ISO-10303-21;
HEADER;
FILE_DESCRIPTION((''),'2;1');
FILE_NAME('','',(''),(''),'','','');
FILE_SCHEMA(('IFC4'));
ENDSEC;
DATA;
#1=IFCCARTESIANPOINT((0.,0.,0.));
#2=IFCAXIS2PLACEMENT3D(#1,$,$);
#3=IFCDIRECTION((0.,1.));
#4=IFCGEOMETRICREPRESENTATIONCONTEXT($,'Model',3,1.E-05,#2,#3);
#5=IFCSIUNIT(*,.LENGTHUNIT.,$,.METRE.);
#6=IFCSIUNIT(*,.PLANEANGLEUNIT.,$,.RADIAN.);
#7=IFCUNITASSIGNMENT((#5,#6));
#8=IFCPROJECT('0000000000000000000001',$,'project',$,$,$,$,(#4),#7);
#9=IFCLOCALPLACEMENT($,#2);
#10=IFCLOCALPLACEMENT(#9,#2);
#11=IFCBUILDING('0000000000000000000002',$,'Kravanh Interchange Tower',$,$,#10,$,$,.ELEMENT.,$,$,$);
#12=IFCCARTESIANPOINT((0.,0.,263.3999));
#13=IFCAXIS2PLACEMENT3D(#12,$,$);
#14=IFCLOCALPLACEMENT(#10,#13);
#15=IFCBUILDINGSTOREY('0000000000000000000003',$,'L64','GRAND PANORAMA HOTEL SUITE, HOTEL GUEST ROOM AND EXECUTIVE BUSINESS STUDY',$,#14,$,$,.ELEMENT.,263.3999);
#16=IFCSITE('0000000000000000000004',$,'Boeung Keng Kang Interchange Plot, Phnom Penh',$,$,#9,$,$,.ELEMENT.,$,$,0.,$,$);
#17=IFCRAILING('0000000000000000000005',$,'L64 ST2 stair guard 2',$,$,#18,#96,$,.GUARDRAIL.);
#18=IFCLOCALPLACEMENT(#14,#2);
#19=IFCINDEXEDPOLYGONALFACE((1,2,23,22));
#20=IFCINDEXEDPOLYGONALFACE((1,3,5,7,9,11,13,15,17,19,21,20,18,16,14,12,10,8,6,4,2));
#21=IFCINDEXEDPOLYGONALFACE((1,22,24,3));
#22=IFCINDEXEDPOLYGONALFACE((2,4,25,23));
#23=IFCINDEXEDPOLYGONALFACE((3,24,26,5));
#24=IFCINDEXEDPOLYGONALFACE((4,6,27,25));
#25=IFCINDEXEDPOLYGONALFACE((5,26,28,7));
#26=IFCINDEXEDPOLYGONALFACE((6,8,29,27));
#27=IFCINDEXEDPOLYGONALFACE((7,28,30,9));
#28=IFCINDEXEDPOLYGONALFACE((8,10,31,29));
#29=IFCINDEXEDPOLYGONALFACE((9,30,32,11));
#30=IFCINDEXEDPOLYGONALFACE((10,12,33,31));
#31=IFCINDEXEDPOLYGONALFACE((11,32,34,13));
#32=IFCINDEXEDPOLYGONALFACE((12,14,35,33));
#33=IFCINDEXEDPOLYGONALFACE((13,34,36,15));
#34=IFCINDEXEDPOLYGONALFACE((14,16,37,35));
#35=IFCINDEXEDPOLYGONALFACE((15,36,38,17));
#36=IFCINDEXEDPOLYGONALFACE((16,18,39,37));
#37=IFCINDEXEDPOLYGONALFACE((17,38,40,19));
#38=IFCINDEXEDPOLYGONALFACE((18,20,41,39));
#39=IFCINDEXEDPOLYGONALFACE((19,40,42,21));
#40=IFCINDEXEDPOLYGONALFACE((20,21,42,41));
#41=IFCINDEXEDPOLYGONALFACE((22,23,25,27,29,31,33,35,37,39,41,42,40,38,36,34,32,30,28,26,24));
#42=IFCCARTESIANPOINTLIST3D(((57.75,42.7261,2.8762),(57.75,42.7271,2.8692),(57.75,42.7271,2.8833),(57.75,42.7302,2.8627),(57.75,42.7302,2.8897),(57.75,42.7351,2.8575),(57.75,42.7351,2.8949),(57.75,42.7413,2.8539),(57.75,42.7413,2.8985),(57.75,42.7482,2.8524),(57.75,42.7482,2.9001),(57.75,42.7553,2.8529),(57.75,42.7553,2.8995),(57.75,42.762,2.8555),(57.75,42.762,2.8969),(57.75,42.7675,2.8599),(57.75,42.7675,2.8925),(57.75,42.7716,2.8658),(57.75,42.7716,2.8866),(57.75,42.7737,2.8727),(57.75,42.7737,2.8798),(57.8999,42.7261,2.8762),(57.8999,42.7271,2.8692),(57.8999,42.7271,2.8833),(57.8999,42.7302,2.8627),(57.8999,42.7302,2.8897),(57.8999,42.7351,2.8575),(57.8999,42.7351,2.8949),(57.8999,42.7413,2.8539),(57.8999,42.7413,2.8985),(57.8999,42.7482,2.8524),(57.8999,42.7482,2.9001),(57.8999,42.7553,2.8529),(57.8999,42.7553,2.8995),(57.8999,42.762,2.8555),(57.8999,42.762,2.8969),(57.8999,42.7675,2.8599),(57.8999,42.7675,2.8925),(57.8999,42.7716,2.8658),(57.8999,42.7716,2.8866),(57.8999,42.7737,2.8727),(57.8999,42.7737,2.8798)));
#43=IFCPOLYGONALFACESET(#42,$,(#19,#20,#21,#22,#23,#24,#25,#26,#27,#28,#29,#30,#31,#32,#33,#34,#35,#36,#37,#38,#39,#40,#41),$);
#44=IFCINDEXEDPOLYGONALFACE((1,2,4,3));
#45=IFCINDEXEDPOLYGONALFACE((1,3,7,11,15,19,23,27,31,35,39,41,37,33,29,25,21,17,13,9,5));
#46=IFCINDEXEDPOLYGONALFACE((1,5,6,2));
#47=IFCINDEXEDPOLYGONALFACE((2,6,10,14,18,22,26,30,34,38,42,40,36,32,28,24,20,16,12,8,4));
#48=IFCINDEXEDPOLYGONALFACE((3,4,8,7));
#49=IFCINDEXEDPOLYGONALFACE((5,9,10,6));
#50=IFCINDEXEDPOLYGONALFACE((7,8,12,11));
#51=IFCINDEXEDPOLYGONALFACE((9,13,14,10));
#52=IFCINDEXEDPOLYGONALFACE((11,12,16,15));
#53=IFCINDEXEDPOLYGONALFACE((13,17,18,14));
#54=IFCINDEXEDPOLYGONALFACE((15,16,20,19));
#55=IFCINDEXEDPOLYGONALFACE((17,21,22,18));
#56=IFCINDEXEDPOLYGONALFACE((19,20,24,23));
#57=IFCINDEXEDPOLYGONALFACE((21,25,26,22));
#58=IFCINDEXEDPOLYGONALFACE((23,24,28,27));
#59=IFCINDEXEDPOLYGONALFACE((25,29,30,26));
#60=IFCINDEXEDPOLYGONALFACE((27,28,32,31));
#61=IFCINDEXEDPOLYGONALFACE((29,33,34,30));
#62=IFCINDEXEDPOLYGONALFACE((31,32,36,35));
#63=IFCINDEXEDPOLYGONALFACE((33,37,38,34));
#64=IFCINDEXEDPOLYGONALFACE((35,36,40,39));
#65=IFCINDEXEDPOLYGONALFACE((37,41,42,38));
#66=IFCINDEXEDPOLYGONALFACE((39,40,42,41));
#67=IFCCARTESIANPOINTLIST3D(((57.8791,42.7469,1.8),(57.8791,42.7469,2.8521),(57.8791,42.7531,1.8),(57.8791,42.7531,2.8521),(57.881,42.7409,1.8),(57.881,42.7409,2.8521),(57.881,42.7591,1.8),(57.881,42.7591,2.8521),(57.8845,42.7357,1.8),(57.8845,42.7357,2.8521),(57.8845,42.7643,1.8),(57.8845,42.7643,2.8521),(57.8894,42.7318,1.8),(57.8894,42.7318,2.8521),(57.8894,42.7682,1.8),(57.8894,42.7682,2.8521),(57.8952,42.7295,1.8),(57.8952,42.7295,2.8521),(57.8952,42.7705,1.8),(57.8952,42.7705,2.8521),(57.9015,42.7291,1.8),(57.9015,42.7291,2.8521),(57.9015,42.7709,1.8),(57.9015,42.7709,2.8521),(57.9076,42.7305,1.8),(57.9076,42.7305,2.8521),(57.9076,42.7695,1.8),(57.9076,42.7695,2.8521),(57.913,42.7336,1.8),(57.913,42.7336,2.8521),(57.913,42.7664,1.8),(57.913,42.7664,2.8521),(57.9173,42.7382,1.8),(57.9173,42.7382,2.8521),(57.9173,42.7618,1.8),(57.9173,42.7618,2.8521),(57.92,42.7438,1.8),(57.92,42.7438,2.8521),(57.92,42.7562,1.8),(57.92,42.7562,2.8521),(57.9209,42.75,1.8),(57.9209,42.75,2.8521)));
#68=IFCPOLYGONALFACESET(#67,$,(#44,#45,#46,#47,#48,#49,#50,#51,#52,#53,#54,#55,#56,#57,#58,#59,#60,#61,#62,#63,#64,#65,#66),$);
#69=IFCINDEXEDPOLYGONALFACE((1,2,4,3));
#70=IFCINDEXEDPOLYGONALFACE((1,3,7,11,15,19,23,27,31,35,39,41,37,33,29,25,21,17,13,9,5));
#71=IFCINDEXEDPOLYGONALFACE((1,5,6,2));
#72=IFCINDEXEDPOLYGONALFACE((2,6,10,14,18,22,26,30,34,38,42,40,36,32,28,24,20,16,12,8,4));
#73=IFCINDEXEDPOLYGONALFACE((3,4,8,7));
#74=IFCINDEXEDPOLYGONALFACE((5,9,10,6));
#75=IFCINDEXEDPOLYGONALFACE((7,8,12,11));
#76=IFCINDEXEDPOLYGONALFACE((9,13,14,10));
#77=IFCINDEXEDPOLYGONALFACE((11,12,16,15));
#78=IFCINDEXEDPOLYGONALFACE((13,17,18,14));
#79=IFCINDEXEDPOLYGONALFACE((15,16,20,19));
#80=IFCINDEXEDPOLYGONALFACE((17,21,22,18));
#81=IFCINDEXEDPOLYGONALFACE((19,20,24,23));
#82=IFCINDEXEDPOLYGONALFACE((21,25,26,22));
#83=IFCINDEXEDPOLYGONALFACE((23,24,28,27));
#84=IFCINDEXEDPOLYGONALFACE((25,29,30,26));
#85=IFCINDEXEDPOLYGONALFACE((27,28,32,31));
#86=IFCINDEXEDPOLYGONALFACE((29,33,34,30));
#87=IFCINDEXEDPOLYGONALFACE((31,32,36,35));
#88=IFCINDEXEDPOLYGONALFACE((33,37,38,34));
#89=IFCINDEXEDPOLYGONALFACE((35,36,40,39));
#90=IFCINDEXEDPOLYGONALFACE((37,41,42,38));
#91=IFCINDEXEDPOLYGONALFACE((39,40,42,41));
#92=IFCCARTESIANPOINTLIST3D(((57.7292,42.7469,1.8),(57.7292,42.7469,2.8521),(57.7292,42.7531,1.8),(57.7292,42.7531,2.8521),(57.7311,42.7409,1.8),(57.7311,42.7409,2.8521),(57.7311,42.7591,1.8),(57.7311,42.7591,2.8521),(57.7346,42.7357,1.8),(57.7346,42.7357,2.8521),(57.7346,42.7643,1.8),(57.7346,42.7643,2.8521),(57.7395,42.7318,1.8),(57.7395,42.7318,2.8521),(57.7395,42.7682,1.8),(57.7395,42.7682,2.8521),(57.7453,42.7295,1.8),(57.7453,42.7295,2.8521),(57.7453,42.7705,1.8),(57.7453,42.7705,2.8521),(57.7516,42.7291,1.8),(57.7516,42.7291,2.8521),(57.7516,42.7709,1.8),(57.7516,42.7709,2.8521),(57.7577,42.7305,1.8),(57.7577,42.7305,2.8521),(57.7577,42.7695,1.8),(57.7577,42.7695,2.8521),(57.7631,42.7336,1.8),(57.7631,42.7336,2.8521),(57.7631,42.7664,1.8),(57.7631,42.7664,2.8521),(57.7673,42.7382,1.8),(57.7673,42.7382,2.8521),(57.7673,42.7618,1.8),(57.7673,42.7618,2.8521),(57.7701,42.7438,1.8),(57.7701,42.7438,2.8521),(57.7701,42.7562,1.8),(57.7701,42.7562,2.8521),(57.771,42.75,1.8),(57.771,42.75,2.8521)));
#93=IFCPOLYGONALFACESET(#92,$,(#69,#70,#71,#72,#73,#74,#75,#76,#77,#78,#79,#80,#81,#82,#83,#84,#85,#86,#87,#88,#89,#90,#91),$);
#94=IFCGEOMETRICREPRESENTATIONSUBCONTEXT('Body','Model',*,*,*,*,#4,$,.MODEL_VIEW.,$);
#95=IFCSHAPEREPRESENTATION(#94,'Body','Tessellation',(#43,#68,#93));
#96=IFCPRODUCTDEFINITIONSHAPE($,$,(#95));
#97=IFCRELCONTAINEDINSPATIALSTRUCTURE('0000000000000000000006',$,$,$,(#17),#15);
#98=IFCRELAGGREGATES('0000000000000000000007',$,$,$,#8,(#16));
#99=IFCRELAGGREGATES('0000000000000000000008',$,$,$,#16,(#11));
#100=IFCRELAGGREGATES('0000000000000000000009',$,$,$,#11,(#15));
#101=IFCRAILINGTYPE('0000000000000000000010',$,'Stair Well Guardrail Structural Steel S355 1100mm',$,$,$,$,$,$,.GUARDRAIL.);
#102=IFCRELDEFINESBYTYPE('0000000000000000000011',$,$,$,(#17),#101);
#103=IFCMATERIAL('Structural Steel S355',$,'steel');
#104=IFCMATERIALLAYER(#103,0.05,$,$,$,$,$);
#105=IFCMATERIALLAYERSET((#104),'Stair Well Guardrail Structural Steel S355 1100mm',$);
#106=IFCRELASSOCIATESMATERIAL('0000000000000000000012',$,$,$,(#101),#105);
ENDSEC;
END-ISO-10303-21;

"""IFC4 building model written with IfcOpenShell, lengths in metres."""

from ifc_helpers import new_model, si_unit, direction, frame, origin, origin_2d, place, context, subcontext, project, spatial, circle, extrude, material, layer, layer_set, type_object, element, save


model = new_model("IFC4")

# Units and contexts
model_context = context("Model", 3, precision=1e-05, world=origin(), true_north=direction((0.0, 1.0)))
body_context = subcontext(model_context, "Body", "Model", "MODEL_VIEW")
ifc_project = project(units=[si_unit("LENGTHUNIT", "METRE"), si_unit("PLANEANGLEUNIT", "RADIAN")], contexts=[model_context])

# Site, building, storey
site_placement = place(None, origin())
site = spatial("IfcSite", under=ifc_project, at=site_placement, Name="Boeung Keng Kang Interchange Plot, Phnom Penh", CompositionType="ELEMENT", RefElevation=0.0)
building_placement = place(site_placement, origin())
building = spatial("IfcBuilding", under=site, at=building_placement, Name="Kravanh Interchange Tower", CompositionType="ELEMENT")
storey_placement = place(building_placement, frame((0.0, 0.0, 263.3999)))
storey = spatial("IfcBuildingStorey", under=building, at=storey_placement, Name="L64", Description="GRAND PANORAMA HOTEL SUITE, HOTEL GUEST ROOM AND EXECUTIVE BUSINESS STUDY", CompositionType="ELEMENT", Elevation=263.3999)

# Railing
ifc_material_1 = material(Name="Structural Steel S355", Category="steel")
ifc_layer_1 = layer(ifc_material_1, 0.05)
ifc_layer_set_1 = layer_set([ifc_layer_1], Name="Stair Well Guardrail Structural Steel S355 1100mm")
railing_type_1 = type_object("IfcRailingType", Name="Stair Well Guardrail Structural Steel S355 1100mm", PredefinedType="GUARDRAIL", material=ifc_layer_set_1)
railing_1_placement = place(storey_placement, frame((57.8999, 42.75, 1.8)))
element("IfcRailing", 1, at=railing_1_placement, inside=storey, type_object=railing_type_1, Name="L64 ST2 stair guard 2", PredefinedType="GUARDRAIL", context=body_context, shape_type="SweptSolid", body=[
    extrude(circle(Radius=0.0239, at=origin_2d()), frame((0.0, 0.0, 1.0762), z_axis=(-1.0, 0.0, 0.0), x_axis=(0.0, -1.0, 0.0)), (0.0, 0.0, 1.0), 0.1499),
    extrude(circle(Radius=0.021, at=origin_2d()), origin(), (0.0, 0.0, 1.0), 1.052),
    extrude(circle(Radius=0.021, at=origin_2d()), frame((-0.1499, 0.0, 0.0)), (0.0, 0.0, 1.0), 1.052),
])

save(model, "model.ifc")
